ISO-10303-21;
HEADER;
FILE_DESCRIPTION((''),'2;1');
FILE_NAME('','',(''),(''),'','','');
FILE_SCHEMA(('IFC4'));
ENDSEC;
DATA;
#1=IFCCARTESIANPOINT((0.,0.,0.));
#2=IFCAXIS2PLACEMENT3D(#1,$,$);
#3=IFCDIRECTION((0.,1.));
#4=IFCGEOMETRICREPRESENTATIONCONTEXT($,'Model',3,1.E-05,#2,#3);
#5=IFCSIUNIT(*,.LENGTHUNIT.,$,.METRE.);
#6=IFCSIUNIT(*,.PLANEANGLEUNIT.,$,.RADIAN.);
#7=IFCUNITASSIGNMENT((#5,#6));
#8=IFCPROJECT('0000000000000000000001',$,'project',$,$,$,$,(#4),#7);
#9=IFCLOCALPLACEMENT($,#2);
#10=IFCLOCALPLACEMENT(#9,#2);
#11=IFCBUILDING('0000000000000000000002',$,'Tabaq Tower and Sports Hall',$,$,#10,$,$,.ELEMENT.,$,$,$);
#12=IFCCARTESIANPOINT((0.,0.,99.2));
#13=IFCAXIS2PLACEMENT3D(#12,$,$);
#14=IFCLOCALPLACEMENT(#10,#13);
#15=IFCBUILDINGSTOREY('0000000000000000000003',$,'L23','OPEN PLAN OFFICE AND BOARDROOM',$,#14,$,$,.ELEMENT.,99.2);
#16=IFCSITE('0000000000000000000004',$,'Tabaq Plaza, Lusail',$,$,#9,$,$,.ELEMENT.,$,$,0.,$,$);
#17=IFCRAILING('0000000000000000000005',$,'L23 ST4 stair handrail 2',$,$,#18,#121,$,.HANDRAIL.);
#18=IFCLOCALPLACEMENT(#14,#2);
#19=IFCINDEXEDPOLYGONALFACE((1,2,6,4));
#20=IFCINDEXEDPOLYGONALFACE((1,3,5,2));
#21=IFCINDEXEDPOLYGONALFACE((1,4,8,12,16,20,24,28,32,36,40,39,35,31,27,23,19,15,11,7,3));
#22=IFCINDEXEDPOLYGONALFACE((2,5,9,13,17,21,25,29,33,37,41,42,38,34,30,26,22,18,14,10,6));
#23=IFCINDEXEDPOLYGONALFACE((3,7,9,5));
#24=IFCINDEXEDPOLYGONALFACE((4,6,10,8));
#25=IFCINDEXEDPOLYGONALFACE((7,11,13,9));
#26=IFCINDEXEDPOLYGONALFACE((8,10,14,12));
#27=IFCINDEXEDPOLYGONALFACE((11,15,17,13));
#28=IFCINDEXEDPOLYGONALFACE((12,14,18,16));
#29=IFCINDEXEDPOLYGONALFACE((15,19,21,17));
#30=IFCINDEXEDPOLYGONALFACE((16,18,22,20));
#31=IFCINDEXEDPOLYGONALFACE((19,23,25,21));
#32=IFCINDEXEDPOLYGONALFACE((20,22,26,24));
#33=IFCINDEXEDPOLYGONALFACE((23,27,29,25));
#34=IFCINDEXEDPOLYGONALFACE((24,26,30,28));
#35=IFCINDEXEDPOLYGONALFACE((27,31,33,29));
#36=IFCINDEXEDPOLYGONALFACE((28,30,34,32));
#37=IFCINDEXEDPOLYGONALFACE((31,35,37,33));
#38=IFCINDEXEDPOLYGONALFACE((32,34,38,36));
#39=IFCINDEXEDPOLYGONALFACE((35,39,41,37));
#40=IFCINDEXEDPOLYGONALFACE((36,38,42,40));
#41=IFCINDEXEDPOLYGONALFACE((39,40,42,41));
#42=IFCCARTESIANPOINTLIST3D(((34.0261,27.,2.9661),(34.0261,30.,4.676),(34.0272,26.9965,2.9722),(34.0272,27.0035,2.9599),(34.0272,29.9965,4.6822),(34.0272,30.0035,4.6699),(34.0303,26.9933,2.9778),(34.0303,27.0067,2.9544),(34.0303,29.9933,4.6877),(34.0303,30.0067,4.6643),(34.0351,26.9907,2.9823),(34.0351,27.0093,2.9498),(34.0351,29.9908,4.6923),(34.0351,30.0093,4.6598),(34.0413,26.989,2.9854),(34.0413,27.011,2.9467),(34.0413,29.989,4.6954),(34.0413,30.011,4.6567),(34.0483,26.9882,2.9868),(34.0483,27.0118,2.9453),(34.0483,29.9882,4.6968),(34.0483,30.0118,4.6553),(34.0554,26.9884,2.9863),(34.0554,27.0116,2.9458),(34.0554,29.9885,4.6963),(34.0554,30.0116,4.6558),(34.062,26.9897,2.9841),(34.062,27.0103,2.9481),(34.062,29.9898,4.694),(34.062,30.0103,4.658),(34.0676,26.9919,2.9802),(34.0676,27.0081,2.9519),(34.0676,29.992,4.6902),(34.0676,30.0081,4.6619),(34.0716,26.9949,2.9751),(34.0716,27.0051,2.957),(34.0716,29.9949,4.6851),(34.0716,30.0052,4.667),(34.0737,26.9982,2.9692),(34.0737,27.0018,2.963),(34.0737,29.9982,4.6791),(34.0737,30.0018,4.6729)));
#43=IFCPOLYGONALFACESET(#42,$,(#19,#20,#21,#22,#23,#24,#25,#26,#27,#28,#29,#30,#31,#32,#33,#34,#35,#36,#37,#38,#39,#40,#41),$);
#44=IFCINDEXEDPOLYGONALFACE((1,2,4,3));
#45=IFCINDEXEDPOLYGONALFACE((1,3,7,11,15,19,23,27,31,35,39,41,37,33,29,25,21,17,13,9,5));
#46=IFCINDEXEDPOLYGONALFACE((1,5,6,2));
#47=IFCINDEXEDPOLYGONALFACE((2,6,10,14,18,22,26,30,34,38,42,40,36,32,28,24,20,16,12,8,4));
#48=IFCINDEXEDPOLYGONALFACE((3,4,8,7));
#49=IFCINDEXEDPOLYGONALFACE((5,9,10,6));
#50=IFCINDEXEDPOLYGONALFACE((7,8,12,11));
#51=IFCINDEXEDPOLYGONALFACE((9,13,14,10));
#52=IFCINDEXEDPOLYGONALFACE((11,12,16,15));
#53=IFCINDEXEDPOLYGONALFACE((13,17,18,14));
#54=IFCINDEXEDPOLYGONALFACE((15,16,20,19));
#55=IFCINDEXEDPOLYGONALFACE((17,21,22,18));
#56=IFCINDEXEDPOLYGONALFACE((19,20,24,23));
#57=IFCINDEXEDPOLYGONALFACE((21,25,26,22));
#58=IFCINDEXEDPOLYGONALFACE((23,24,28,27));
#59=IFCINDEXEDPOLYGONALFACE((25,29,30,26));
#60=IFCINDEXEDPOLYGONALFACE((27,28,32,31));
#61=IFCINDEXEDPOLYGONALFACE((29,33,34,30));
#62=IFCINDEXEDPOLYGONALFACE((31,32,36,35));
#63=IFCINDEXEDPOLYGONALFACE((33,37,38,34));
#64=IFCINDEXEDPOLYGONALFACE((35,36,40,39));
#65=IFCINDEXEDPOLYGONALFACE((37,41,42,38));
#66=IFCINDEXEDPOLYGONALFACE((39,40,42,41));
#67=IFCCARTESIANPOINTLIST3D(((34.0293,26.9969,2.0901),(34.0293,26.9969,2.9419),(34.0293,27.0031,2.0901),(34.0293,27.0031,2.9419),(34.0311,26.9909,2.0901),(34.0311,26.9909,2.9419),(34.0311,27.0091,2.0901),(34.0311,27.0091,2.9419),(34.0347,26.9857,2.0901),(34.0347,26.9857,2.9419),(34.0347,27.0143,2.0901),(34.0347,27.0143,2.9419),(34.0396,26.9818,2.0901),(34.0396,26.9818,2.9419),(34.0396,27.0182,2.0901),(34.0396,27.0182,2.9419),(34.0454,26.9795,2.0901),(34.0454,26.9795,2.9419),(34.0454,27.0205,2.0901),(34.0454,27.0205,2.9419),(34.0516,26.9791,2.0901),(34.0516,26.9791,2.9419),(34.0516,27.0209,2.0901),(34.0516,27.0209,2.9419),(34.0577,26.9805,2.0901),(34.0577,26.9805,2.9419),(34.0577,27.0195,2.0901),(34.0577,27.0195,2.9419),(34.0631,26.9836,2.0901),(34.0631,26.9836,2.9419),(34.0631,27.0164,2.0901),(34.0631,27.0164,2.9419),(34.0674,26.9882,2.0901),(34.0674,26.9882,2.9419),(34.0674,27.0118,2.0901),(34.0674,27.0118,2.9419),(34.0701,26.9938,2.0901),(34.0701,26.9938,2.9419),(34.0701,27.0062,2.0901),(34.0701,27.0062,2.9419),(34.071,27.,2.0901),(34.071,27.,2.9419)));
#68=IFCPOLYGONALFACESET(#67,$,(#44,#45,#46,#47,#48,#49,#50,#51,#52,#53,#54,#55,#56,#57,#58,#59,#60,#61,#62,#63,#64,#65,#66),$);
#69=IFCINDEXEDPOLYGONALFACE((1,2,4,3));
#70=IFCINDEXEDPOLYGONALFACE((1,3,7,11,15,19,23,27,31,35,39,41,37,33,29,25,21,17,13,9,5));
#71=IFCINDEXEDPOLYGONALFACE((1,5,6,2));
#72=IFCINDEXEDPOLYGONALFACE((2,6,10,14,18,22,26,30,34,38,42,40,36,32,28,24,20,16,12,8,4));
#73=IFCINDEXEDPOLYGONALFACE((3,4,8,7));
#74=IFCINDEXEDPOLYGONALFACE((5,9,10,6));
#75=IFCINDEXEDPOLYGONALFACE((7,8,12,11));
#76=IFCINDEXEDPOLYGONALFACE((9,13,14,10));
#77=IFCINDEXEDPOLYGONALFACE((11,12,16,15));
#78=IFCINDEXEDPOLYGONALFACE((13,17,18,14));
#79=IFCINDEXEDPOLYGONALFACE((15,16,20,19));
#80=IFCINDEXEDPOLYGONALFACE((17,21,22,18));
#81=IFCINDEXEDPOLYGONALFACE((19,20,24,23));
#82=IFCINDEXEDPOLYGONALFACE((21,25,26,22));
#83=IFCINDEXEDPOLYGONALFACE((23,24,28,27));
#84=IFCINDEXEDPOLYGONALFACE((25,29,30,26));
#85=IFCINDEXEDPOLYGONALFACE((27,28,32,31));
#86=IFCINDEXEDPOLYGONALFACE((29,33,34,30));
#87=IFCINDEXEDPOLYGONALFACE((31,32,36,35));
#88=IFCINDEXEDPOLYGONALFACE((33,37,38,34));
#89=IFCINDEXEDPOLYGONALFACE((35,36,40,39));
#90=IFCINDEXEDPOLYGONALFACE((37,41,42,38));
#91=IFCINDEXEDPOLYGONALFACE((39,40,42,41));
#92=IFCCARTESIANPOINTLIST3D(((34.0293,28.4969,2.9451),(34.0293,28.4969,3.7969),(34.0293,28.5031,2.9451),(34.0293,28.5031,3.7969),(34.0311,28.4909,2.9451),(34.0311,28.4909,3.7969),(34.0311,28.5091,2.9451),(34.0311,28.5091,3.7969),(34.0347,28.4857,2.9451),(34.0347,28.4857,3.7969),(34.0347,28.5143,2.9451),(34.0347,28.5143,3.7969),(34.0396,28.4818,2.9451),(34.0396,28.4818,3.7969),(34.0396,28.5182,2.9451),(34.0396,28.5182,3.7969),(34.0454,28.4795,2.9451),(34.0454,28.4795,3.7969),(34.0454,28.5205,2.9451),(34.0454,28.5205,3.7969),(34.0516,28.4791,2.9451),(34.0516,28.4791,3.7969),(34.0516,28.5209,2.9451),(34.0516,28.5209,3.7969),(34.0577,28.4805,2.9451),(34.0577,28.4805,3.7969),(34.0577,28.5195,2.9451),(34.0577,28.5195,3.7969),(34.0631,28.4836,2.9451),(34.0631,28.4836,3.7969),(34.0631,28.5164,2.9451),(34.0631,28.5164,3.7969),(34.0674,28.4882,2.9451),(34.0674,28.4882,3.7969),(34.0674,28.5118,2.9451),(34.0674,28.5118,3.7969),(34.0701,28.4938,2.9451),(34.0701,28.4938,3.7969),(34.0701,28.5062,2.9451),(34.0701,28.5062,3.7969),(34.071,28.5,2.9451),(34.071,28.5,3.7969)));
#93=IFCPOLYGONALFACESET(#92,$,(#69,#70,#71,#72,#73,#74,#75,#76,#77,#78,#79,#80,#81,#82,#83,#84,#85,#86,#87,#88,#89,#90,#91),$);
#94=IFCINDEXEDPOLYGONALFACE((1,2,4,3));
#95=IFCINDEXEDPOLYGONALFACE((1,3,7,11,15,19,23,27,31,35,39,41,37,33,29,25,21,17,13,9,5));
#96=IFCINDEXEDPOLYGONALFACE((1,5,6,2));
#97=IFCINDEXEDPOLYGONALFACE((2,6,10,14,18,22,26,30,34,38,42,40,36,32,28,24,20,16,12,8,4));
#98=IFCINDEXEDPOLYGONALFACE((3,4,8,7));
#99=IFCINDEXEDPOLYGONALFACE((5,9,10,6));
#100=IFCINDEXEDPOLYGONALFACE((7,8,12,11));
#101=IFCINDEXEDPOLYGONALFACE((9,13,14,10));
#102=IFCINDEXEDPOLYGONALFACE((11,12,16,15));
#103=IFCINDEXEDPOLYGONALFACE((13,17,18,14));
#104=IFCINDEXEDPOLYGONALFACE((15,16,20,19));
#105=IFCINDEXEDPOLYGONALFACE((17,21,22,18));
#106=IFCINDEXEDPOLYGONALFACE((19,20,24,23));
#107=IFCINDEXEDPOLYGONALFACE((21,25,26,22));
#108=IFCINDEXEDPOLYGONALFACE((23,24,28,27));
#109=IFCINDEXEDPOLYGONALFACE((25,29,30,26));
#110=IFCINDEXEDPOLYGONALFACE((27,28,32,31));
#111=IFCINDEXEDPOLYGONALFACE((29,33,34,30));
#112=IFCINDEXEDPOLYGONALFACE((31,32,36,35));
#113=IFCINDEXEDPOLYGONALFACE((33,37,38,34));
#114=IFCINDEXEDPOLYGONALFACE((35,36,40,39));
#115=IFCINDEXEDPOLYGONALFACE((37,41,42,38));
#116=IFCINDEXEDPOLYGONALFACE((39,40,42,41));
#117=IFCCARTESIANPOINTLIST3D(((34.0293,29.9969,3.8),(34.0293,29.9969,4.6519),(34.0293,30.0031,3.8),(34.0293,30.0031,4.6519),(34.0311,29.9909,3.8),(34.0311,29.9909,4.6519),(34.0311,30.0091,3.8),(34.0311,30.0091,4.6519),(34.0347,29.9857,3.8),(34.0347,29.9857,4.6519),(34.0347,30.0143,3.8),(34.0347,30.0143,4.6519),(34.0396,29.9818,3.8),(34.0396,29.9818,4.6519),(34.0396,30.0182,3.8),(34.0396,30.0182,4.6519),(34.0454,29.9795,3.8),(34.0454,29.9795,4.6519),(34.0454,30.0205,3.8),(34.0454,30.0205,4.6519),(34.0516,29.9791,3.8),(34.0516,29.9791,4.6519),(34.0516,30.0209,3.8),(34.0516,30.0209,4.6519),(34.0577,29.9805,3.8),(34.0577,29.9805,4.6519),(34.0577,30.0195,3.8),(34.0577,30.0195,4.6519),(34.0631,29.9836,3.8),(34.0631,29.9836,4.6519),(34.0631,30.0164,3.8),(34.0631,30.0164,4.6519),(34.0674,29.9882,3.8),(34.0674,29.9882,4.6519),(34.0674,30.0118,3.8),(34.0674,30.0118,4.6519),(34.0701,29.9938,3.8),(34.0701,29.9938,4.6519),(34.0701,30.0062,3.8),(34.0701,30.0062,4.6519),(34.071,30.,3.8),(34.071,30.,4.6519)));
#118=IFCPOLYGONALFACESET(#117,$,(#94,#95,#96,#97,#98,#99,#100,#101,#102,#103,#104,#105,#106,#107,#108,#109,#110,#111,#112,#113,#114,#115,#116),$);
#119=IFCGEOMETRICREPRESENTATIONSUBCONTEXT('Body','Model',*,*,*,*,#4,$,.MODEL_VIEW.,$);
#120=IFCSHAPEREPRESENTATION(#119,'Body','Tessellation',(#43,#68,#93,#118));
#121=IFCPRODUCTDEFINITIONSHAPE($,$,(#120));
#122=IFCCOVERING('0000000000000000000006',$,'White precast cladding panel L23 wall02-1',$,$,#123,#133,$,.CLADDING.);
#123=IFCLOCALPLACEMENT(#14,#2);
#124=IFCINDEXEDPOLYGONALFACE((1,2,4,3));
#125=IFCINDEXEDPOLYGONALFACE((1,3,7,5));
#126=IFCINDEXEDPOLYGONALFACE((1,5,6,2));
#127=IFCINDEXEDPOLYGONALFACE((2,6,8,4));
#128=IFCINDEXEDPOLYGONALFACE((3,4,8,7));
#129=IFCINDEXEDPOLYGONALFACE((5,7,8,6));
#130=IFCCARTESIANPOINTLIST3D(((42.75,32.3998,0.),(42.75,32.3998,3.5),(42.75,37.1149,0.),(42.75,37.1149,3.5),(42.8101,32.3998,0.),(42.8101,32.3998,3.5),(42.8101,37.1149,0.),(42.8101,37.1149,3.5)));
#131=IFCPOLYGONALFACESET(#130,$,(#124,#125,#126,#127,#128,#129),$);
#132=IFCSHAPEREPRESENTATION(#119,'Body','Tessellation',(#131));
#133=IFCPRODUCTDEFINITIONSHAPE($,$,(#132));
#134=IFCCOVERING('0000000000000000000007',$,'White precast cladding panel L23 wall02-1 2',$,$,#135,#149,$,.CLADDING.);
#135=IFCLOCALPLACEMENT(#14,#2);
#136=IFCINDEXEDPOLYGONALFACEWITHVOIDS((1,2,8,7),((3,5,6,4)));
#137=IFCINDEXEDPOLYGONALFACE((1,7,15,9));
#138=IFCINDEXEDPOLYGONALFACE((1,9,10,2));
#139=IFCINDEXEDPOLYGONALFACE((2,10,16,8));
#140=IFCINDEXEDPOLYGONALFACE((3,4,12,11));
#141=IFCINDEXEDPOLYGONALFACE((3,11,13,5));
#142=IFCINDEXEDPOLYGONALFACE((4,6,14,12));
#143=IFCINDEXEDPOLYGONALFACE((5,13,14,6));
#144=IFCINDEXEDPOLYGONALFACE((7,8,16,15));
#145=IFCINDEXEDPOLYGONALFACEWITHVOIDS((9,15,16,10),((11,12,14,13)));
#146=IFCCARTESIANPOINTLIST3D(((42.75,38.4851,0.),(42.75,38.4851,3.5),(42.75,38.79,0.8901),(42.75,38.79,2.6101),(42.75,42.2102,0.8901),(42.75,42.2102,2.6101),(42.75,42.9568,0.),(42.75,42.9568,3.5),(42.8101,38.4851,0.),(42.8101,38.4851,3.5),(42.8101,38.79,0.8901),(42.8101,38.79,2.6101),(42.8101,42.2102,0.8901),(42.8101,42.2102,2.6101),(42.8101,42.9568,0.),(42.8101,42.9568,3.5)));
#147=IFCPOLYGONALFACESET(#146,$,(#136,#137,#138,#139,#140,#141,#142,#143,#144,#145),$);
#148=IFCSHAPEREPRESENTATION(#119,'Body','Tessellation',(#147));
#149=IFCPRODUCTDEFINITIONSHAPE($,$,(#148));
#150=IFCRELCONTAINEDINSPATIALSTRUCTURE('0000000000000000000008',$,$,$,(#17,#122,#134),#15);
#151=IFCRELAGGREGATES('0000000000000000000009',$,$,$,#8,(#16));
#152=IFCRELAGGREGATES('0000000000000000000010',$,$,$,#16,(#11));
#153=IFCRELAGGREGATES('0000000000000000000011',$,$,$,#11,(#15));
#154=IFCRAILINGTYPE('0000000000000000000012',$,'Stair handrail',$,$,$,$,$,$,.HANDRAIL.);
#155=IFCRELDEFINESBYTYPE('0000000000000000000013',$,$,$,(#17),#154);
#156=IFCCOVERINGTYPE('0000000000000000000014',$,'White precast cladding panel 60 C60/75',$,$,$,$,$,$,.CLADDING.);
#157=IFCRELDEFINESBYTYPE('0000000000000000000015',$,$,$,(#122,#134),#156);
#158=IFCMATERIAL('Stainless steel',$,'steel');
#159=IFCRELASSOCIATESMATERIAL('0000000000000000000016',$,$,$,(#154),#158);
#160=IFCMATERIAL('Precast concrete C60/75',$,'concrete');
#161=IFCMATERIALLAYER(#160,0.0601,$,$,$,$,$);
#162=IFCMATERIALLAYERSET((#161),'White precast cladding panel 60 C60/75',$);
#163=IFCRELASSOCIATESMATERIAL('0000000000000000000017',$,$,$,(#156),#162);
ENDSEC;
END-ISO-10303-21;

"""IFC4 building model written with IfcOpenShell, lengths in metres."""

from ifc_helpers import new_model, si_unit, direction, frame, frame_2d, origin, origin_2d, place, context, subcontext, project, spatial, polyline, rectangle, circle, outline, extrude, material, layer, layer_set, type_object, element, save


model = new_model("IFC4")

# Units and contexts
model_context = context("Model", 3, precision=1e-05, world=origin(), true_north=direction((0.0, 1.0)))
body_context = subcontext(model_context, "Body", "Model", "MODEL_VIEW")
ifc_project = project(units=[si_unit("LENGTHUNIT", "METRE"), si_unit("PLANEANGLEUNIT", "RADIAN")], contexts=[model_context])

# Site, building, storey
site_placement = place(None, origin())
site = spatial("IfcSite", under=ifc_project, at=site_placement, Name="Tabaq Plaza, Lusail", CompositionType="ELEMENT", RefElevation=0.0)
building_placement = place(site_placement, origin())
building = spatial("IfcBuilding", under=site, at=building_placement, Name="Tabaq Tower and Sports Hall", CompositionType="ELEMENT")
storey_placement = place(building_placement, frame((0.0, 0.0, 99.2)))
storey = spatial("IfcBuildingStorey", under=building, at=storey_placement, Name="L23", Description="OPEN PLAN OFFICE AND BOARDROOM", CompositionType="ELEMENT", Elevation=99.2)

# Railing
ifc_material_1 = material(Name="Stainless steel", Category="steel")
railing_type_1 = type_object("IfcRailingType", Name="Stair handrail", PredefinedType="HANDRAIL", material=ifc_material_1)
railing_1_placement = place(storey_placement, frame((34.05, 27.0, 2.0901)))
element("IfcRailing", 1, at=railing_1_placement, inside=storey, type_object=railing_type_1, Name="L23 ST4 stair handrail 2", PredefinedType="HANDRAIL", context=body_context, shape_type="SweptSolid", body=[
    extrude(circle(Radius=0.0239, at=origin_2d()), frame((0.0, 0.0, 0.876), z_axis=(0.0, 0.868782, 0.495195), x_axis=(-1.0, 0.0, 0.0)), (0.0, 0.0, 1.0), 3.4531),
    extrude(circle(Radius=0.021, at=origin_2d()), origin(), (0.0, 0.0, 1.0), 0.8518),
    extrude(circle(Radius=0.021, at=origin_2d()), frame((0.0, 1.5, 0.855)), (0.0, 0.0, 1.0), 0.8518),
    extrude(circle(Radius=0.021, at=origin_2d()), frame((0.0, 3.0, 1.71)), (0.0, 0.0, 1.0), 0.8518),
])

# Coverings
ifc_material_2 = material(Name="Precast concrete C60/75", Category="concrete")
ifc_layer_1 = layer(ifc_material_2, 0.0601)
ifc_layer_set_1 = layer_set([ifc_layer_1], Name="White precast cladding panel 60 C60/75")
covering_type = type_object("IfcCoveringType", Name="White precast cladding panel 60 C60/75", PredefinedType="CLADDING", material=ifc_layer_set_1)
covering_1_placement = place(storey_placement, frame((42.78, 32.3999, 0.0), z_axis=(0.0, 0.0, 1.0), x_axis=(0.0, 1.0, 0.0)))
element("IfcCovering", 2, at=covering_1_placement, inside=storey, type_object=covering_type, Name="White precast cladding panel L23 wall02-1", PredefinedType="CLADDING", context=body_context, shape_type="SweptSolid", body=[
    extrude(rectangle(XDim=4.7151, YDim=0.0601, at=frame_2d((2.3574, 0.0))), origin(), (0.0, 0.0, 1.0), 3.5),
])
covering_2_placement = place(storey_placement, frame((42.78, 38.4851, 0.0), z_axis=(0.0, 0.0, 1.0), x_axis=(0.0, 1.0, 0.0)))
element("IfcCovering", 3, at=covering_2_placement, inside=storey, type_object=covering_type, Name="White precast cladding panel L23 wall02-1 2", PredefinedType="CLADDING", context=body_context, shape_type="SweptSolid", body=[
    extrude(outline(polyline([(0.0, 0.0), (4.4717, 0.0), (4.4717, 3.5), (0.0, 3.5), (0.0, 0.0)]), holes=[polyline([(0.3049, 0.8901), (0.3049, 2.6101), (3.7251, 2.6101), (3.7251, 0.8901), (0.3049, 0.8901)])]), frame((0.0, 0.03, 0.0), z_axis=(0.0, -1.0, 0.0), x_axis=(1.0, 0.0, 0.0)), (0.0, 0.0, 1.0), 0.0601),
])

save(model, "model.ifc")
